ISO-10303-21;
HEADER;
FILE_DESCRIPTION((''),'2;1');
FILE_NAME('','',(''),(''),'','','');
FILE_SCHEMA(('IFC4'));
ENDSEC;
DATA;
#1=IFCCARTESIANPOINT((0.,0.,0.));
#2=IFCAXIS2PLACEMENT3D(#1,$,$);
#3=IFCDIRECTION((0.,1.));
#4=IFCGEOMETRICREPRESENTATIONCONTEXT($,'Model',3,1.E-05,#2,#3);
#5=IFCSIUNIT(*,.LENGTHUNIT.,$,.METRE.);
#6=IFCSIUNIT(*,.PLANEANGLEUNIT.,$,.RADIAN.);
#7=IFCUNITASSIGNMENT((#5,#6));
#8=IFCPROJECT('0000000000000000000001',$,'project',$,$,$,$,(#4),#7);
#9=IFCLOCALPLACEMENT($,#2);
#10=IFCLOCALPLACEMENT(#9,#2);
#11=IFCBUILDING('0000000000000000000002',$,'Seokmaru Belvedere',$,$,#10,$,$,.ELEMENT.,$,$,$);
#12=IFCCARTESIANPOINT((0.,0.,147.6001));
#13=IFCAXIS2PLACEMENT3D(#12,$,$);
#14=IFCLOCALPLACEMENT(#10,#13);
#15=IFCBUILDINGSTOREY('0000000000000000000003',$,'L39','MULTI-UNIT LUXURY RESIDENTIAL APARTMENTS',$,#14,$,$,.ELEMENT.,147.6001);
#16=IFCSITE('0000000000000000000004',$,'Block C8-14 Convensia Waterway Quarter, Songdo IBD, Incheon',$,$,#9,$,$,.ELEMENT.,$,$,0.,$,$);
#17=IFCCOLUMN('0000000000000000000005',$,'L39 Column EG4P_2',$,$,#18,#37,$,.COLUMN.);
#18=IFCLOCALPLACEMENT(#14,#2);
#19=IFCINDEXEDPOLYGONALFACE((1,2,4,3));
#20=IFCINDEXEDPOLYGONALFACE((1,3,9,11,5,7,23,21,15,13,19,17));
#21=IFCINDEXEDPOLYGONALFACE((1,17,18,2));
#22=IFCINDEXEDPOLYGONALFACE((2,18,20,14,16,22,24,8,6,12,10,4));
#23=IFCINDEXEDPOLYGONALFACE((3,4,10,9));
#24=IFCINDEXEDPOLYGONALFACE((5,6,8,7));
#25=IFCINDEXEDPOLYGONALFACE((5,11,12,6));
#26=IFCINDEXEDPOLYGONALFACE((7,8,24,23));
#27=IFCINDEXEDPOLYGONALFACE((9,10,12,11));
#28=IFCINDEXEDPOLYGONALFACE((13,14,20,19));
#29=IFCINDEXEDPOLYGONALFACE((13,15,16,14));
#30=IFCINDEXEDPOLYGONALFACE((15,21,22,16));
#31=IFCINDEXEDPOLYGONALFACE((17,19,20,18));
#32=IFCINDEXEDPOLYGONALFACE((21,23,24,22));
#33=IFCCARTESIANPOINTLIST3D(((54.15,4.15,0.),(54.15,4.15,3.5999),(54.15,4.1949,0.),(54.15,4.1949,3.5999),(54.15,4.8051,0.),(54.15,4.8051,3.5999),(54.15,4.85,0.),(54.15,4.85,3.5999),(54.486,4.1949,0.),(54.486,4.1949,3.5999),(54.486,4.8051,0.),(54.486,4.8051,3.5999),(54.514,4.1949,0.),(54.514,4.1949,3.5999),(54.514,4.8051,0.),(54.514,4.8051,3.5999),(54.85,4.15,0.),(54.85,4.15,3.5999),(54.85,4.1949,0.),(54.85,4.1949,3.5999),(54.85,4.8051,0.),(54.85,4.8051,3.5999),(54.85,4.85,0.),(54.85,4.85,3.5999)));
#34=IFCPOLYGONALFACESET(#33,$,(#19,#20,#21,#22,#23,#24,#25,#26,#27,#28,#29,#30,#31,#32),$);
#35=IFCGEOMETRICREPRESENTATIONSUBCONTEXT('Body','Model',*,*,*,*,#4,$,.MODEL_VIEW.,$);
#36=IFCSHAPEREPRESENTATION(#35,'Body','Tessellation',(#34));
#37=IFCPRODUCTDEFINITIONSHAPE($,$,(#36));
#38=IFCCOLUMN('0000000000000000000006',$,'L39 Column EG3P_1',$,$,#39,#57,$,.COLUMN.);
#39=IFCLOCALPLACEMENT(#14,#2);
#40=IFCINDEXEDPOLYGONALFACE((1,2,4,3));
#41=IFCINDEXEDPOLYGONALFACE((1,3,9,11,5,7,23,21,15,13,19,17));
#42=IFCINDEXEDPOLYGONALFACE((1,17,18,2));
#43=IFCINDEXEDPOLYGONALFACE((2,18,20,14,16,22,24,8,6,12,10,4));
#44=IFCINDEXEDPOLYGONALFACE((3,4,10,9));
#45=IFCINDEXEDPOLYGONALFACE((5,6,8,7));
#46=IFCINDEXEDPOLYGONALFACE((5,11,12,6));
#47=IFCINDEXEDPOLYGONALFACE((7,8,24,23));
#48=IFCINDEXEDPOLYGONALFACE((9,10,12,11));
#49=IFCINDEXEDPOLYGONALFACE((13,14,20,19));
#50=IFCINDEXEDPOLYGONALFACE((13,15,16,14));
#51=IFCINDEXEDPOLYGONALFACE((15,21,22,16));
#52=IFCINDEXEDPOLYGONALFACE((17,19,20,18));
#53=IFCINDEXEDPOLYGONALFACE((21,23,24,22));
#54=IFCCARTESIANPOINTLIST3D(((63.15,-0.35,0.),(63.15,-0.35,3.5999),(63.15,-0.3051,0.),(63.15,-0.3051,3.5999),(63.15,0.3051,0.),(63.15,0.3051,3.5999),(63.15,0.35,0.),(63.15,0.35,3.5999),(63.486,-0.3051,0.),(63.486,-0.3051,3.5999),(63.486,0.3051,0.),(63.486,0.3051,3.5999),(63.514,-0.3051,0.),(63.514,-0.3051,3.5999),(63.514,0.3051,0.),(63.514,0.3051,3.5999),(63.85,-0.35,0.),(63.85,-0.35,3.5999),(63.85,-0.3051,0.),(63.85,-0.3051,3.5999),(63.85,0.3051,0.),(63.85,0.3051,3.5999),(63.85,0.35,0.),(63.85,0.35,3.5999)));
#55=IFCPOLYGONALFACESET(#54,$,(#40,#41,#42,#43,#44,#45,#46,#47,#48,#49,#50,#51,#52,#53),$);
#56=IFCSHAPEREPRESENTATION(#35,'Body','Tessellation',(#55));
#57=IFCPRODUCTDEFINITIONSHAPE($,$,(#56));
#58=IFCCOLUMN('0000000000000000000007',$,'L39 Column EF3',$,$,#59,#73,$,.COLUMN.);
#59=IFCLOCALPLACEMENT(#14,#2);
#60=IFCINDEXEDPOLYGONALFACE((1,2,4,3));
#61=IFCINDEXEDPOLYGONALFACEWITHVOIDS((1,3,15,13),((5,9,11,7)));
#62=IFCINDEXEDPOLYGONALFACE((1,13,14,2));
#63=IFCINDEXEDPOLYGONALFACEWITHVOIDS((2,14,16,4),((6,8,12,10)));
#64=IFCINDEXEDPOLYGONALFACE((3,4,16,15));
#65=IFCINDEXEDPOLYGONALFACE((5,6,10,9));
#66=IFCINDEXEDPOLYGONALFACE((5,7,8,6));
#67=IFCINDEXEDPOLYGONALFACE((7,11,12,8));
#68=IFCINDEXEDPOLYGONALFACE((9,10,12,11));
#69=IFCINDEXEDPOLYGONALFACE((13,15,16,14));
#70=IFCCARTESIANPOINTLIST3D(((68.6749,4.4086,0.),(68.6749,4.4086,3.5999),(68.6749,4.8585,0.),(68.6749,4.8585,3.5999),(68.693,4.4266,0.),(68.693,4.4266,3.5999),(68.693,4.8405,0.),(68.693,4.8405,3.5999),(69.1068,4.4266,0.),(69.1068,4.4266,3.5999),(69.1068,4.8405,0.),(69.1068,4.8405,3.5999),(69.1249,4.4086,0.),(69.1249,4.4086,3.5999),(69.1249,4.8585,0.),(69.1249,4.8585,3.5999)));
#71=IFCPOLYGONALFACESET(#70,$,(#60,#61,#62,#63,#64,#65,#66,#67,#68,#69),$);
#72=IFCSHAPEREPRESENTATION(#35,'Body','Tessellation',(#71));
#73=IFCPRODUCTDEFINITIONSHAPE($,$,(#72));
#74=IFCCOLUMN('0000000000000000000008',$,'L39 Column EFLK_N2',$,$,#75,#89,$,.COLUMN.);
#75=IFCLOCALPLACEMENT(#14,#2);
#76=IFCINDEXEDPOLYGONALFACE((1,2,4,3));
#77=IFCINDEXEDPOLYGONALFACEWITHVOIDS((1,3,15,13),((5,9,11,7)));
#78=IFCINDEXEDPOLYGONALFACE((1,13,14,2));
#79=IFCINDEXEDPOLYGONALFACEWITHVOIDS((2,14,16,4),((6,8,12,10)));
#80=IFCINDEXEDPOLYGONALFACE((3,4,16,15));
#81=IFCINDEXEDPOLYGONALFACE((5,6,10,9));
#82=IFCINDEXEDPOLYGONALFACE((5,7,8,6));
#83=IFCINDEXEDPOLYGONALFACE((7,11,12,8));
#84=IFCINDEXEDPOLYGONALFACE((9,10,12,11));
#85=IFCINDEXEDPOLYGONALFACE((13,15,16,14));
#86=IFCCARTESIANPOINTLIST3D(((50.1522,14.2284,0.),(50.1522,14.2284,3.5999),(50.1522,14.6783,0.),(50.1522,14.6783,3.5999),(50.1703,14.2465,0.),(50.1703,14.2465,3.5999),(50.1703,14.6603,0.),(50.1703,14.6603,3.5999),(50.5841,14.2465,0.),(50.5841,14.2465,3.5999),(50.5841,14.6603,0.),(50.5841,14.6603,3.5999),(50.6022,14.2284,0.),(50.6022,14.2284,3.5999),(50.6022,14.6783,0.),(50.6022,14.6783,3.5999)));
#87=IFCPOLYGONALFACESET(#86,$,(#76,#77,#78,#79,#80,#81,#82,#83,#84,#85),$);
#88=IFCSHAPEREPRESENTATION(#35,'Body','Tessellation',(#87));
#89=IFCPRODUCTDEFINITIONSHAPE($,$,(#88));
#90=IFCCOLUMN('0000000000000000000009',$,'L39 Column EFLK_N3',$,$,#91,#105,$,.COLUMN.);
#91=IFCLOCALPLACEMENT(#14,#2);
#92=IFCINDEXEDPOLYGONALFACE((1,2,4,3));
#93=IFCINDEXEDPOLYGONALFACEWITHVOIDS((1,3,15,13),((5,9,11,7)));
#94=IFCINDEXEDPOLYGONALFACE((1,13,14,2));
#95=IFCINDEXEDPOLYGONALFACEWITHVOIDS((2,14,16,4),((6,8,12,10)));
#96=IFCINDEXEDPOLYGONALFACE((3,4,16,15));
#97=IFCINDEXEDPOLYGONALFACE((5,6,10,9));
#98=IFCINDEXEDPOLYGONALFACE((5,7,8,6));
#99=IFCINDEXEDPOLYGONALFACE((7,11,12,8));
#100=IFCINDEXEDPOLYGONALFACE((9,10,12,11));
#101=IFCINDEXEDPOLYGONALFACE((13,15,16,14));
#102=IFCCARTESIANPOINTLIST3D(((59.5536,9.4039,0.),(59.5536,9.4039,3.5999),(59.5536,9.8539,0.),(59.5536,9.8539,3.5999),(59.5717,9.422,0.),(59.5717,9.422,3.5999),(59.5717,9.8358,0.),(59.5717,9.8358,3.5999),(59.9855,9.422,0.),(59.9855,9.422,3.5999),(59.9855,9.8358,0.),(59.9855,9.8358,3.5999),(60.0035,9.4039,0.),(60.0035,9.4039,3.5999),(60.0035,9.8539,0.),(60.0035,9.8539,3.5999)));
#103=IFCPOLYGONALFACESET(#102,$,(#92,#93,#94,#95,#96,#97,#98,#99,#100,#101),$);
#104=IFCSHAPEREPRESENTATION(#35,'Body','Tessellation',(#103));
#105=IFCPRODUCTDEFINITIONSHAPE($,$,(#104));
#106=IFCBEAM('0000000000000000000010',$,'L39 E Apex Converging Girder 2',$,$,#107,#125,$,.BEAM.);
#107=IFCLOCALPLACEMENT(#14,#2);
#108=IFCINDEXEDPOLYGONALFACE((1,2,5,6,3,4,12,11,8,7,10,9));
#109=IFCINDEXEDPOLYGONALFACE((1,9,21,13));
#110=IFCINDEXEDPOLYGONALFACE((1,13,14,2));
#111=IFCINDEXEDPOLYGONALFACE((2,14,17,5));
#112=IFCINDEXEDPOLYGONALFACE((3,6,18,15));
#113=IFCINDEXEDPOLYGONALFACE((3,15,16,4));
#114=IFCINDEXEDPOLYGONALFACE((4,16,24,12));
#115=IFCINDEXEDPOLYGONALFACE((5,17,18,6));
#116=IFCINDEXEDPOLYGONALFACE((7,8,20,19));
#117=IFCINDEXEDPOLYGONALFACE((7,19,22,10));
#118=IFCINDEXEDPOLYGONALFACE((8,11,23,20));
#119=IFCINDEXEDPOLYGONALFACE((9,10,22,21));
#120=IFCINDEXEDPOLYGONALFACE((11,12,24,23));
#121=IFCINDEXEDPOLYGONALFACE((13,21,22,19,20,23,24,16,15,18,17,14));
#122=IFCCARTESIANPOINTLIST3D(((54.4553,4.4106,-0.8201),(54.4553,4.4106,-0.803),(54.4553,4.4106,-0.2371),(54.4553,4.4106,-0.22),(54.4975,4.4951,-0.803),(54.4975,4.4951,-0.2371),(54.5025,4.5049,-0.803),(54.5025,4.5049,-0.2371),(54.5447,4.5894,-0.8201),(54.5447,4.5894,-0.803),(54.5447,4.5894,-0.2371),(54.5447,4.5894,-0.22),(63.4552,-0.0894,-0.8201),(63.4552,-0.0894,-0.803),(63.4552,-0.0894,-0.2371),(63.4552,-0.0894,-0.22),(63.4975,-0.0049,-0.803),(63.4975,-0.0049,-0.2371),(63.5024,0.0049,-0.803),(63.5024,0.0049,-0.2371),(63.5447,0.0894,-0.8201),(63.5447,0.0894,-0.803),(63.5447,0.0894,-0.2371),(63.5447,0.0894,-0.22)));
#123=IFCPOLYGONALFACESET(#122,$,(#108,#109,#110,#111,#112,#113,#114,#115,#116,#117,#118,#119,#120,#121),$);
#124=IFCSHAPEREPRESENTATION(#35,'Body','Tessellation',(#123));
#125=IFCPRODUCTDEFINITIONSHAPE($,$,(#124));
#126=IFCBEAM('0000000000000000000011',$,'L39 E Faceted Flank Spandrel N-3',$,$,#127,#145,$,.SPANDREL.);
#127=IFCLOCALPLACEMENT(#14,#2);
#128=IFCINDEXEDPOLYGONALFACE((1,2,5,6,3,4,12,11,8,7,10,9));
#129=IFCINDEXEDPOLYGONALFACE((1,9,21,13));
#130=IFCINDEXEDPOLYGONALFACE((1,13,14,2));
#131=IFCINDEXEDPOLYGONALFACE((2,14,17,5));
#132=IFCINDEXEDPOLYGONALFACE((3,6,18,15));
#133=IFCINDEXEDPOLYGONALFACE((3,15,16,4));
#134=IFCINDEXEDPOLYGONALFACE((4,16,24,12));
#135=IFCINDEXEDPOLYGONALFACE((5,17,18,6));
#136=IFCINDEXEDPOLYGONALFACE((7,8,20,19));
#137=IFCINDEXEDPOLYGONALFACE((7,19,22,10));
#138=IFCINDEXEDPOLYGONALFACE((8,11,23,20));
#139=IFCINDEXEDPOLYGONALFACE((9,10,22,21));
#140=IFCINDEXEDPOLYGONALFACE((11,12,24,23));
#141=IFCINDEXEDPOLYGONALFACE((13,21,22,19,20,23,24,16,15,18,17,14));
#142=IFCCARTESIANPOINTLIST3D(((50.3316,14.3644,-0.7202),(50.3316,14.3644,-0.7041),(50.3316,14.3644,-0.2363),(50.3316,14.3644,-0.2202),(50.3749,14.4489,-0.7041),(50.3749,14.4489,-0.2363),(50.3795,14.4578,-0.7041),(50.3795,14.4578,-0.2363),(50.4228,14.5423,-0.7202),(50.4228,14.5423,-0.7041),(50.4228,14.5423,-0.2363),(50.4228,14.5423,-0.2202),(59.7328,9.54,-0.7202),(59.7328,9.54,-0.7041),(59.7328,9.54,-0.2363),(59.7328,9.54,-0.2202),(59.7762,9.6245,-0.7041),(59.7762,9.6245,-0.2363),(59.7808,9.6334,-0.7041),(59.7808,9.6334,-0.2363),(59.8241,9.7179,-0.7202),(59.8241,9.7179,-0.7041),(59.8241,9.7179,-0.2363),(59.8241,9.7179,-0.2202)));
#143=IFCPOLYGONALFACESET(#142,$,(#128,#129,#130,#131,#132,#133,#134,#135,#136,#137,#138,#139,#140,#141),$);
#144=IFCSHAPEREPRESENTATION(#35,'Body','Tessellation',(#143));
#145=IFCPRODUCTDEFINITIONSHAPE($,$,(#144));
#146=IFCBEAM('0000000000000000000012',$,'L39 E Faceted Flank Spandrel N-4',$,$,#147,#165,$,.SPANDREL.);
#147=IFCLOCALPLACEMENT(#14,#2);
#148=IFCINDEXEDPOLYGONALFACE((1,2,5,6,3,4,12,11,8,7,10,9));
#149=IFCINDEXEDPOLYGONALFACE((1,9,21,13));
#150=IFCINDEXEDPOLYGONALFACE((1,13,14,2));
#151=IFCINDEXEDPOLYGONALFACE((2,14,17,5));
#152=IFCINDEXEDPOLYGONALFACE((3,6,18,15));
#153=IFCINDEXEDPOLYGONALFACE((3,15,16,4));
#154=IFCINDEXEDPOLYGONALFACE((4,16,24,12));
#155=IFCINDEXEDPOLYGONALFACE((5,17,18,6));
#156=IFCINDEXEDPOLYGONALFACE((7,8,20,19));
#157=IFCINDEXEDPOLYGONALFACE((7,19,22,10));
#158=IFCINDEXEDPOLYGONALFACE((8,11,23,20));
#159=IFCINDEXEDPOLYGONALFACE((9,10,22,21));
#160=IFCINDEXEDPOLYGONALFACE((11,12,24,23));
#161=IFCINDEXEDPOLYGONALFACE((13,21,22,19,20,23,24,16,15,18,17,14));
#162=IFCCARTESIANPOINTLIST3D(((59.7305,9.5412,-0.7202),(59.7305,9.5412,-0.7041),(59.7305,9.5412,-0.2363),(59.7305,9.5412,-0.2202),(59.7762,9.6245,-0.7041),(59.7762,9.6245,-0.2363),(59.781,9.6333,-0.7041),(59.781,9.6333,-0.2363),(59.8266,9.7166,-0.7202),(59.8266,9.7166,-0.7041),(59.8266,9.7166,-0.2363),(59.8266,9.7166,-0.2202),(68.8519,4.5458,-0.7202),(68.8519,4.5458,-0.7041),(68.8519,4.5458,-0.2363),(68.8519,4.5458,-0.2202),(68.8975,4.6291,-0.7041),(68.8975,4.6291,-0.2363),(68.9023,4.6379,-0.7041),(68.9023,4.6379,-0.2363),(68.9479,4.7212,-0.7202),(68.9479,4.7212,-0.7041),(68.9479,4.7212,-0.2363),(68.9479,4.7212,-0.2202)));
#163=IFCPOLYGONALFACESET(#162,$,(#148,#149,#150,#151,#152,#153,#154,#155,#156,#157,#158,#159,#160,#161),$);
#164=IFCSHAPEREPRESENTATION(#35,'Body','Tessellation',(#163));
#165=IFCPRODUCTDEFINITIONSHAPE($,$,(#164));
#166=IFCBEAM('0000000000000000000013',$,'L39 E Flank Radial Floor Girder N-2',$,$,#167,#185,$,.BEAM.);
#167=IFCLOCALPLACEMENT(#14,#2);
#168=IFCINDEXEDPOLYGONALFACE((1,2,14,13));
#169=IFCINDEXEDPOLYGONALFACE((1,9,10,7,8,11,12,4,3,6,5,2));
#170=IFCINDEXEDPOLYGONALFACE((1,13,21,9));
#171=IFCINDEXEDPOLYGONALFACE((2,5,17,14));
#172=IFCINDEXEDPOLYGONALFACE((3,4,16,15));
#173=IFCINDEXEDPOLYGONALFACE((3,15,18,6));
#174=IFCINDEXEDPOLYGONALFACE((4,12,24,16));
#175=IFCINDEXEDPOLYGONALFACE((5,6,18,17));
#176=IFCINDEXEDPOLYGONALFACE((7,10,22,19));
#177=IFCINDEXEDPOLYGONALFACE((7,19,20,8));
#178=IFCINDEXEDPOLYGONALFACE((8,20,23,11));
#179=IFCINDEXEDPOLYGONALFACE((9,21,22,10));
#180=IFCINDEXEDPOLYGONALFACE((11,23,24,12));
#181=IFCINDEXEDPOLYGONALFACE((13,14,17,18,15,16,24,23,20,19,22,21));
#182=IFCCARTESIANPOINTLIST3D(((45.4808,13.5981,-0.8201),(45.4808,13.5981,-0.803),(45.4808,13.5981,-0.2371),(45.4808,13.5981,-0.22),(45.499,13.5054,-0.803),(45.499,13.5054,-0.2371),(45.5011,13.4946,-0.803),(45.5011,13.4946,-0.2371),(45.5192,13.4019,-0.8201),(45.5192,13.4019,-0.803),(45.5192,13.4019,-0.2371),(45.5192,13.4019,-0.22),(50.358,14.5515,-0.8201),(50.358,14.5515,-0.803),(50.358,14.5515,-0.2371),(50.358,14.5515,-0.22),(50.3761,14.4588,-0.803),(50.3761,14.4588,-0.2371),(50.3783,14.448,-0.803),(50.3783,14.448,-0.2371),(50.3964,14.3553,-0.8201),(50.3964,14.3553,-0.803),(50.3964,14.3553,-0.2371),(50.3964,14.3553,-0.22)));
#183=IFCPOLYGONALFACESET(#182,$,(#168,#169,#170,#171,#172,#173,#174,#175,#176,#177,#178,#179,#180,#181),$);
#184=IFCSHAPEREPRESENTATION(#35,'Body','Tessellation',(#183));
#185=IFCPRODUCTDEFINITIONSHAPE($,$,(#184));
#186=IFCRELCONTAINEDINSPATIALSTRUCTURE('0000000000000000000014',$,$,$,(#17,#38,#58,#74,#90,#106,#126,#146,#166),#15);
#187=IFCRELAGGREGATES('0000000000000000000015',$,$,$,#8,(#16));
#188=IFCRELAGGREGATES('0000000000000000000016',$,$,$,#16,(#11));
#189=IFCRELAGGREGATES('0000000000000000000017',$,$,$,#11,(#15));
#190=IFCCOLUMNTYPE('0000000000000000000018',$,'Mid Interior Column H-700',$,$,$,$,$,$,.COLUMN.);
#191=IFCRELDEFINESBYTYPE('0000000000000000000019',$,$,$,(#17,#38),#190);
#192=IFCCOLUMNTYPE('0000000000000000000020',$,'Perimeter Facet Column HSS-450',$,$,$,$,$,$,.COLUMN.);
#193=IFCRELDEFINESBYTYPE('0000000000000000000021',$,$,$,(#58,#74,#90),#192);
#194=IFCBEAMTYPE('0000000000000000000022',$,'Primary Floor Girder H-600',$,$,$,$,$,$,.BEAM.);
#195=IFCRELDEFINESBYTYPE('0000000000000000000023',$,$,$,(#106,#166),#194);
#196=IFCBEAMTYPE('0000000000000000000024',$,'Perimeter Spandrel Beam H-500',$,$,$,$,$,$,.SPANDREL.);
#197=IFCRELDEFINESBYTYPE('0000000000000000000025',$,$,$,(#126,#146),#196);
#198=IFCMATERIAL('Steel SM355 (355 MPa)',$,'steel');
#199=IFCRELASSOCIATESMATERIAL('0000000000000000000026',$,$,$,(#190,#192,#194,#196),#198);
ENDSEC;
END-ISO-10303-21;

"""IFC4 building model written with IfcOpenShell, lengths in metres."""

from ifc_helpers import new_model, si_unit, direction, frame, origin, origin_2d, place, context, subcontext, project, spatial, hollow_rectangle, i_section, extrude, source, transform, mapped, material, material_profile, profile_set, type_object, type_shapes, element, save


model = new_model("IFC4")

# Units and contexts
model_context = context("Model", 3, precision=1e-05, world=origin(), true_north=direction((0.0, 1.0)))
body_context = subcontext(model_context, "Body", "Model", "MODEL_VIEW")
ifc_project = project(units=[si_unit("LENGTHUNIT", "METRE"), si_unit("PLANEANGLEUNIT", "RADIAN")], contexts=[model_context])

# Site, building, storey
site_placement = place(None, origin())
site = spatial("IfcSite", under=ifc_project, at=site_placement, Name="Block C8-14 Convensia Waterway Quarter, Songdo IBD, Incheon", CompositionType="ELEMENT", RefElevation=0.0)
building_placement = place(site_placement, origin())
building = spatial("IfcBuilding", under=site, at=building_placement, Name="Seokmaru Belvedere", CompositionType="ELEMENT")
storey_placement = place(building_placement, frame((0.0, 0.0, 147.6001)))
storey = spatial("IfcBuildingStorey", under=building, at=storey_placement, Name="L39", Description="MULTI-UNIT LUXURY RESIDENTIAL APARTMENTS", CompositionType="ELEMENT", Elevation=147.6001)

# Columns
ifc_material_1 = material(Name="Steel SM355 (355 MPa)", Category="steel")
ifc_material_profile_1 = material_profile(ifc_material_1, i_section(OverallWidth=0.7, OverallDepth=0.7, WebThickness=0.0281, FlangeThickness=0.0449, at=origin_2d()), Name="H-700x700x28x45")
ifc_profile_set_1 = profile_set([ifc_material_profile_1], Name="Steel SM355 (355 MPa)")
column_type_1 = type_object("IfcColumnType", Name="Mid Interior Column H-700", PredefinedType="COLUMN", material=ifc_profile_set_1)
shared_shape_1 = source(origin(), body_context, "Body", "SweptSolid", [
    extrude(i_section(OverallWidth=0.7, OverallDepth=0.7, WebThickness=0.0281, FlangeThickness=0.0449, at=origin_2d()), origin(), (0.0, 0.0, 1.0), 3.5999),
])
type_shapes(column_type_1, [shared_shape_1])
for number, where, z_axis, x_axis, name in (
    (1, (54.5, 4.5, 0.0), (0.0, 0.0, 1.0), (1.0, 0.0, 0.0), "L39 Column EG4P_2"),
    (2, (63.5, 0.0, 0.0), (0.0, 0.0, 1.0), (1.0, 0.0, 0.0), "L39 Column EG3P_1"),
):
    element("IfcColumn", number, at=place(storey_placement, frame(where, z_axis=z_axis, x_axis=x_axis)), inside=storey, type_object=column_type_1, Name=name, PredefinedType="COLUMN", context=body_context, shape_type="MappedRepresentation", body=[
        mapped(shared_shape_1, transform((0.0, 0.0, 0.0), scale=1.0)),
    ])
ifc_material_profile_2 = material_profile(ifc_material_1, hollow_rectangle(XDim=0.45, YDim=0.45, WallThickness=0.0181, at=origin_2d()), Name="HSS-450x450x18")
ifc_profile_set_2 = profile_set([ifc_material_profile_2], Name="Steel SM355 (355 MPa)")
column_type_2 = type_object("IfcColumnType", Name="Perimeter Facet Column HSS-450", PredefinedType="COLUMN", material=ifc_profile_set_2)
shared_shape_2 = source(origin(), body_context, "Body", "SweptSolid", [
    extrude(hollow_rectangle(XDim=0.45, YDim=0.45, WallThickness=0.0181, at=origin_2d()), origin(), (0.0, 0.0, 1.0), 3.5999),
])
type_shapes(column_type_2, [shared_shape_2])
for number, where, z_axis, x_axis, name in (
    (3, (68.8999, 4.6335, 0.0), (0.0, 0.0, 1.0), (1.0, 0.0, 0.0), "L39 Column EF3"),
    (4, (50.3772, 14.4534, 0.0), (0.0, 0.0, 1.0), (1.0, 0.0, 0.0), "L39 Column EFLK_N2"),
    (5, (59.7786, 9.6289, 0.0), (0.0, 0.0, 1.0), (1.0, 0.0, 0.0), "L39 Column EFLK_N3"),
):
    element("IfcColumn", number, at=place(storey_placement, frame(where, z_axis=z_axis, x_axis=x_axis)), inside=storey, type_object=column_type_2, Name=name, PredefinedType="COLUMN", context=body_context, shape_type="MappedRepresentation", body=[
        mapped(shared_shape_2, transform((0.0, 0.0, 0.0), scale=1.0)),
    ])

# Beams
ifc_material_profile_3 = material_profile(ifc_material_1, i_section(OverallWidth=0.2, OverallDepth=0.6001, WebThickness=0.011, FlangeThickness=0.0171, at=origin_2d()), Name="H-600x200x11x17")
ifc_profile_set_3 = profile_set([ifc_material_profile_3], Name="Steel SM355 (355 MPa)")
beam_type_1 = type_object("IfcBeamType", Name="Primary Floor Girder H-600", PredefinedType="BEAM", material=ifc_profile_set_3)
shared_shape_3 = source(origin(), body_context, "Body", "SweptSolid", [
    extrude(i_section(OverallWidth=0.2, OverallDepth=0.6001, WebThickness=0.011, FlangeThickness=0.0171, at=origin_2d()), origin(), (0.0, 0.0, 1.0), 10.0623),
])
beam_1_placement = place(storey_placement, frame((54.5, 4.5, -0.52), z_axis=(0.894427, -0.447214, 0.0), x_axis=(0.447214, 0.894427, 0.0)))
element("IfcBeam", 6, at=beam_1_placement, inside=storey, type_object=beam_type_1, Name="L39 E Apex Converging Girder 2", PredefinedType="BEAM", context=body_context, shape_type="MappedRepresentation", body=[
    mapped(shared_shape_3, transform((0.0, 0.0, 0.0), scale=1.0)),
])
ifc_material_profile_4 = material_profile(ifc_material_1, i_section(OverallWidth=0.2, OverallDepth=0.5, WebThickness=0.01, FlangeThickness=0.0161, at=origin_2d()), Name="H-500x200x10x16")
ifc_profile_set_4 = profile_set([ifc_material_profile_4], Name="Steel SM355 (355 MPa)")
beam_type_2 = type_object("IfcBeamType", Name="Perimeter Spandrel Beam H-500", PredefinedType="SPANDREL", material=ifc_profile_set_4)
shared_shape_4 = source(origin(), body_context, "Body", "SweptSolid", [
    extrude(i_section(OverallWidth=0.2, OverallDepth=0.5, WebThickness=0.01, FlangeThickness=0.0161, at=origin_2d()), origin(), (0.0, 0.0, 1.0), 10.5669),
])
beam_2_placement = place(storey_placement, frame((50.3772, 14.4534, -0.4702), z_axis=(0.889693, -0.45656, 0.0), x_axis=(0.45656, 0.889693, 0.0)))
element("IfcBeam", 7, at=beam_2_placement, inside=storey, type_object=beam_type_2, Name="L39 E Faceted Flank Spandrel N-3", PredefinedType="SPANDREL", context=body_context, shape_type="MappedRepresentation", body=[
    mapped(shared_shape_4, transform((0.0, 0.0, 0.0), scale=1.0)),
])
shared_shape_5 = source(origin(), body_context, "Body", "SweptSolid", [
    extrude(i_section(OverallWidth=0.2, OverallDepth=0.5, WebThickness=0.01, FlangeThickness=0.0161, at=origin_2d()), origin(), (0.0, 0.0, 1.0), 10.3997),
])
type_shapes(beam_type_2, [shared_shape_4, shared_shape_5])
beam_3_placement = place(storey_placement, frame((59.7786, 9.6289, -0.4702), z_axis=(0.877082, -0.48034, 0.0), x_axis=(0.48034, 0.877082, 0.0)))
element("IfcBeam", 8, at=beam_3_placement, inside=storey, type_object=beam_type_2, Name="L39 E Faceted Flank Spandrel N-4", PredefinedType="SPANDREL", context=body_context, shape_type="MappedRepresentation", body=[
    mapped(shared_shape_5, transform((0.0, 0.0, 0.0), scale=1.0)),
])
shared_shape_6 = source(origin(), body_context, "Body", "SweptSolid", [
    extrude(i_section(OverallWidth=0.2, OverallDepth=0.6001, WebThickness=0.011, FlangeThickness=0.0171, at=origin_2d()), origin(), (0.0, 0.0, 1.0), 4.9695),
])
beam_4_placement = place(storey_placement, frame((50.3772, 14.4534, -0.52), z_axis=(-0.981425, -0.191844, 0.0), x_axis=(0.191844, -0.981425, 0.0)))
element("IfcBeam", 9, at=beam_4_placement, inside=storey, type_object=beam_type_1, Name="L39 E Flank Radial Floor Girder N-2", PredefinedType="BEAM", context=body_context, shape_type="MappedRepresentation", body=[
    mapped(shared_shape_6, transform((0.0, 0.0, 0.0), scale=1.0)),
])

save(model, "model.ifc")
